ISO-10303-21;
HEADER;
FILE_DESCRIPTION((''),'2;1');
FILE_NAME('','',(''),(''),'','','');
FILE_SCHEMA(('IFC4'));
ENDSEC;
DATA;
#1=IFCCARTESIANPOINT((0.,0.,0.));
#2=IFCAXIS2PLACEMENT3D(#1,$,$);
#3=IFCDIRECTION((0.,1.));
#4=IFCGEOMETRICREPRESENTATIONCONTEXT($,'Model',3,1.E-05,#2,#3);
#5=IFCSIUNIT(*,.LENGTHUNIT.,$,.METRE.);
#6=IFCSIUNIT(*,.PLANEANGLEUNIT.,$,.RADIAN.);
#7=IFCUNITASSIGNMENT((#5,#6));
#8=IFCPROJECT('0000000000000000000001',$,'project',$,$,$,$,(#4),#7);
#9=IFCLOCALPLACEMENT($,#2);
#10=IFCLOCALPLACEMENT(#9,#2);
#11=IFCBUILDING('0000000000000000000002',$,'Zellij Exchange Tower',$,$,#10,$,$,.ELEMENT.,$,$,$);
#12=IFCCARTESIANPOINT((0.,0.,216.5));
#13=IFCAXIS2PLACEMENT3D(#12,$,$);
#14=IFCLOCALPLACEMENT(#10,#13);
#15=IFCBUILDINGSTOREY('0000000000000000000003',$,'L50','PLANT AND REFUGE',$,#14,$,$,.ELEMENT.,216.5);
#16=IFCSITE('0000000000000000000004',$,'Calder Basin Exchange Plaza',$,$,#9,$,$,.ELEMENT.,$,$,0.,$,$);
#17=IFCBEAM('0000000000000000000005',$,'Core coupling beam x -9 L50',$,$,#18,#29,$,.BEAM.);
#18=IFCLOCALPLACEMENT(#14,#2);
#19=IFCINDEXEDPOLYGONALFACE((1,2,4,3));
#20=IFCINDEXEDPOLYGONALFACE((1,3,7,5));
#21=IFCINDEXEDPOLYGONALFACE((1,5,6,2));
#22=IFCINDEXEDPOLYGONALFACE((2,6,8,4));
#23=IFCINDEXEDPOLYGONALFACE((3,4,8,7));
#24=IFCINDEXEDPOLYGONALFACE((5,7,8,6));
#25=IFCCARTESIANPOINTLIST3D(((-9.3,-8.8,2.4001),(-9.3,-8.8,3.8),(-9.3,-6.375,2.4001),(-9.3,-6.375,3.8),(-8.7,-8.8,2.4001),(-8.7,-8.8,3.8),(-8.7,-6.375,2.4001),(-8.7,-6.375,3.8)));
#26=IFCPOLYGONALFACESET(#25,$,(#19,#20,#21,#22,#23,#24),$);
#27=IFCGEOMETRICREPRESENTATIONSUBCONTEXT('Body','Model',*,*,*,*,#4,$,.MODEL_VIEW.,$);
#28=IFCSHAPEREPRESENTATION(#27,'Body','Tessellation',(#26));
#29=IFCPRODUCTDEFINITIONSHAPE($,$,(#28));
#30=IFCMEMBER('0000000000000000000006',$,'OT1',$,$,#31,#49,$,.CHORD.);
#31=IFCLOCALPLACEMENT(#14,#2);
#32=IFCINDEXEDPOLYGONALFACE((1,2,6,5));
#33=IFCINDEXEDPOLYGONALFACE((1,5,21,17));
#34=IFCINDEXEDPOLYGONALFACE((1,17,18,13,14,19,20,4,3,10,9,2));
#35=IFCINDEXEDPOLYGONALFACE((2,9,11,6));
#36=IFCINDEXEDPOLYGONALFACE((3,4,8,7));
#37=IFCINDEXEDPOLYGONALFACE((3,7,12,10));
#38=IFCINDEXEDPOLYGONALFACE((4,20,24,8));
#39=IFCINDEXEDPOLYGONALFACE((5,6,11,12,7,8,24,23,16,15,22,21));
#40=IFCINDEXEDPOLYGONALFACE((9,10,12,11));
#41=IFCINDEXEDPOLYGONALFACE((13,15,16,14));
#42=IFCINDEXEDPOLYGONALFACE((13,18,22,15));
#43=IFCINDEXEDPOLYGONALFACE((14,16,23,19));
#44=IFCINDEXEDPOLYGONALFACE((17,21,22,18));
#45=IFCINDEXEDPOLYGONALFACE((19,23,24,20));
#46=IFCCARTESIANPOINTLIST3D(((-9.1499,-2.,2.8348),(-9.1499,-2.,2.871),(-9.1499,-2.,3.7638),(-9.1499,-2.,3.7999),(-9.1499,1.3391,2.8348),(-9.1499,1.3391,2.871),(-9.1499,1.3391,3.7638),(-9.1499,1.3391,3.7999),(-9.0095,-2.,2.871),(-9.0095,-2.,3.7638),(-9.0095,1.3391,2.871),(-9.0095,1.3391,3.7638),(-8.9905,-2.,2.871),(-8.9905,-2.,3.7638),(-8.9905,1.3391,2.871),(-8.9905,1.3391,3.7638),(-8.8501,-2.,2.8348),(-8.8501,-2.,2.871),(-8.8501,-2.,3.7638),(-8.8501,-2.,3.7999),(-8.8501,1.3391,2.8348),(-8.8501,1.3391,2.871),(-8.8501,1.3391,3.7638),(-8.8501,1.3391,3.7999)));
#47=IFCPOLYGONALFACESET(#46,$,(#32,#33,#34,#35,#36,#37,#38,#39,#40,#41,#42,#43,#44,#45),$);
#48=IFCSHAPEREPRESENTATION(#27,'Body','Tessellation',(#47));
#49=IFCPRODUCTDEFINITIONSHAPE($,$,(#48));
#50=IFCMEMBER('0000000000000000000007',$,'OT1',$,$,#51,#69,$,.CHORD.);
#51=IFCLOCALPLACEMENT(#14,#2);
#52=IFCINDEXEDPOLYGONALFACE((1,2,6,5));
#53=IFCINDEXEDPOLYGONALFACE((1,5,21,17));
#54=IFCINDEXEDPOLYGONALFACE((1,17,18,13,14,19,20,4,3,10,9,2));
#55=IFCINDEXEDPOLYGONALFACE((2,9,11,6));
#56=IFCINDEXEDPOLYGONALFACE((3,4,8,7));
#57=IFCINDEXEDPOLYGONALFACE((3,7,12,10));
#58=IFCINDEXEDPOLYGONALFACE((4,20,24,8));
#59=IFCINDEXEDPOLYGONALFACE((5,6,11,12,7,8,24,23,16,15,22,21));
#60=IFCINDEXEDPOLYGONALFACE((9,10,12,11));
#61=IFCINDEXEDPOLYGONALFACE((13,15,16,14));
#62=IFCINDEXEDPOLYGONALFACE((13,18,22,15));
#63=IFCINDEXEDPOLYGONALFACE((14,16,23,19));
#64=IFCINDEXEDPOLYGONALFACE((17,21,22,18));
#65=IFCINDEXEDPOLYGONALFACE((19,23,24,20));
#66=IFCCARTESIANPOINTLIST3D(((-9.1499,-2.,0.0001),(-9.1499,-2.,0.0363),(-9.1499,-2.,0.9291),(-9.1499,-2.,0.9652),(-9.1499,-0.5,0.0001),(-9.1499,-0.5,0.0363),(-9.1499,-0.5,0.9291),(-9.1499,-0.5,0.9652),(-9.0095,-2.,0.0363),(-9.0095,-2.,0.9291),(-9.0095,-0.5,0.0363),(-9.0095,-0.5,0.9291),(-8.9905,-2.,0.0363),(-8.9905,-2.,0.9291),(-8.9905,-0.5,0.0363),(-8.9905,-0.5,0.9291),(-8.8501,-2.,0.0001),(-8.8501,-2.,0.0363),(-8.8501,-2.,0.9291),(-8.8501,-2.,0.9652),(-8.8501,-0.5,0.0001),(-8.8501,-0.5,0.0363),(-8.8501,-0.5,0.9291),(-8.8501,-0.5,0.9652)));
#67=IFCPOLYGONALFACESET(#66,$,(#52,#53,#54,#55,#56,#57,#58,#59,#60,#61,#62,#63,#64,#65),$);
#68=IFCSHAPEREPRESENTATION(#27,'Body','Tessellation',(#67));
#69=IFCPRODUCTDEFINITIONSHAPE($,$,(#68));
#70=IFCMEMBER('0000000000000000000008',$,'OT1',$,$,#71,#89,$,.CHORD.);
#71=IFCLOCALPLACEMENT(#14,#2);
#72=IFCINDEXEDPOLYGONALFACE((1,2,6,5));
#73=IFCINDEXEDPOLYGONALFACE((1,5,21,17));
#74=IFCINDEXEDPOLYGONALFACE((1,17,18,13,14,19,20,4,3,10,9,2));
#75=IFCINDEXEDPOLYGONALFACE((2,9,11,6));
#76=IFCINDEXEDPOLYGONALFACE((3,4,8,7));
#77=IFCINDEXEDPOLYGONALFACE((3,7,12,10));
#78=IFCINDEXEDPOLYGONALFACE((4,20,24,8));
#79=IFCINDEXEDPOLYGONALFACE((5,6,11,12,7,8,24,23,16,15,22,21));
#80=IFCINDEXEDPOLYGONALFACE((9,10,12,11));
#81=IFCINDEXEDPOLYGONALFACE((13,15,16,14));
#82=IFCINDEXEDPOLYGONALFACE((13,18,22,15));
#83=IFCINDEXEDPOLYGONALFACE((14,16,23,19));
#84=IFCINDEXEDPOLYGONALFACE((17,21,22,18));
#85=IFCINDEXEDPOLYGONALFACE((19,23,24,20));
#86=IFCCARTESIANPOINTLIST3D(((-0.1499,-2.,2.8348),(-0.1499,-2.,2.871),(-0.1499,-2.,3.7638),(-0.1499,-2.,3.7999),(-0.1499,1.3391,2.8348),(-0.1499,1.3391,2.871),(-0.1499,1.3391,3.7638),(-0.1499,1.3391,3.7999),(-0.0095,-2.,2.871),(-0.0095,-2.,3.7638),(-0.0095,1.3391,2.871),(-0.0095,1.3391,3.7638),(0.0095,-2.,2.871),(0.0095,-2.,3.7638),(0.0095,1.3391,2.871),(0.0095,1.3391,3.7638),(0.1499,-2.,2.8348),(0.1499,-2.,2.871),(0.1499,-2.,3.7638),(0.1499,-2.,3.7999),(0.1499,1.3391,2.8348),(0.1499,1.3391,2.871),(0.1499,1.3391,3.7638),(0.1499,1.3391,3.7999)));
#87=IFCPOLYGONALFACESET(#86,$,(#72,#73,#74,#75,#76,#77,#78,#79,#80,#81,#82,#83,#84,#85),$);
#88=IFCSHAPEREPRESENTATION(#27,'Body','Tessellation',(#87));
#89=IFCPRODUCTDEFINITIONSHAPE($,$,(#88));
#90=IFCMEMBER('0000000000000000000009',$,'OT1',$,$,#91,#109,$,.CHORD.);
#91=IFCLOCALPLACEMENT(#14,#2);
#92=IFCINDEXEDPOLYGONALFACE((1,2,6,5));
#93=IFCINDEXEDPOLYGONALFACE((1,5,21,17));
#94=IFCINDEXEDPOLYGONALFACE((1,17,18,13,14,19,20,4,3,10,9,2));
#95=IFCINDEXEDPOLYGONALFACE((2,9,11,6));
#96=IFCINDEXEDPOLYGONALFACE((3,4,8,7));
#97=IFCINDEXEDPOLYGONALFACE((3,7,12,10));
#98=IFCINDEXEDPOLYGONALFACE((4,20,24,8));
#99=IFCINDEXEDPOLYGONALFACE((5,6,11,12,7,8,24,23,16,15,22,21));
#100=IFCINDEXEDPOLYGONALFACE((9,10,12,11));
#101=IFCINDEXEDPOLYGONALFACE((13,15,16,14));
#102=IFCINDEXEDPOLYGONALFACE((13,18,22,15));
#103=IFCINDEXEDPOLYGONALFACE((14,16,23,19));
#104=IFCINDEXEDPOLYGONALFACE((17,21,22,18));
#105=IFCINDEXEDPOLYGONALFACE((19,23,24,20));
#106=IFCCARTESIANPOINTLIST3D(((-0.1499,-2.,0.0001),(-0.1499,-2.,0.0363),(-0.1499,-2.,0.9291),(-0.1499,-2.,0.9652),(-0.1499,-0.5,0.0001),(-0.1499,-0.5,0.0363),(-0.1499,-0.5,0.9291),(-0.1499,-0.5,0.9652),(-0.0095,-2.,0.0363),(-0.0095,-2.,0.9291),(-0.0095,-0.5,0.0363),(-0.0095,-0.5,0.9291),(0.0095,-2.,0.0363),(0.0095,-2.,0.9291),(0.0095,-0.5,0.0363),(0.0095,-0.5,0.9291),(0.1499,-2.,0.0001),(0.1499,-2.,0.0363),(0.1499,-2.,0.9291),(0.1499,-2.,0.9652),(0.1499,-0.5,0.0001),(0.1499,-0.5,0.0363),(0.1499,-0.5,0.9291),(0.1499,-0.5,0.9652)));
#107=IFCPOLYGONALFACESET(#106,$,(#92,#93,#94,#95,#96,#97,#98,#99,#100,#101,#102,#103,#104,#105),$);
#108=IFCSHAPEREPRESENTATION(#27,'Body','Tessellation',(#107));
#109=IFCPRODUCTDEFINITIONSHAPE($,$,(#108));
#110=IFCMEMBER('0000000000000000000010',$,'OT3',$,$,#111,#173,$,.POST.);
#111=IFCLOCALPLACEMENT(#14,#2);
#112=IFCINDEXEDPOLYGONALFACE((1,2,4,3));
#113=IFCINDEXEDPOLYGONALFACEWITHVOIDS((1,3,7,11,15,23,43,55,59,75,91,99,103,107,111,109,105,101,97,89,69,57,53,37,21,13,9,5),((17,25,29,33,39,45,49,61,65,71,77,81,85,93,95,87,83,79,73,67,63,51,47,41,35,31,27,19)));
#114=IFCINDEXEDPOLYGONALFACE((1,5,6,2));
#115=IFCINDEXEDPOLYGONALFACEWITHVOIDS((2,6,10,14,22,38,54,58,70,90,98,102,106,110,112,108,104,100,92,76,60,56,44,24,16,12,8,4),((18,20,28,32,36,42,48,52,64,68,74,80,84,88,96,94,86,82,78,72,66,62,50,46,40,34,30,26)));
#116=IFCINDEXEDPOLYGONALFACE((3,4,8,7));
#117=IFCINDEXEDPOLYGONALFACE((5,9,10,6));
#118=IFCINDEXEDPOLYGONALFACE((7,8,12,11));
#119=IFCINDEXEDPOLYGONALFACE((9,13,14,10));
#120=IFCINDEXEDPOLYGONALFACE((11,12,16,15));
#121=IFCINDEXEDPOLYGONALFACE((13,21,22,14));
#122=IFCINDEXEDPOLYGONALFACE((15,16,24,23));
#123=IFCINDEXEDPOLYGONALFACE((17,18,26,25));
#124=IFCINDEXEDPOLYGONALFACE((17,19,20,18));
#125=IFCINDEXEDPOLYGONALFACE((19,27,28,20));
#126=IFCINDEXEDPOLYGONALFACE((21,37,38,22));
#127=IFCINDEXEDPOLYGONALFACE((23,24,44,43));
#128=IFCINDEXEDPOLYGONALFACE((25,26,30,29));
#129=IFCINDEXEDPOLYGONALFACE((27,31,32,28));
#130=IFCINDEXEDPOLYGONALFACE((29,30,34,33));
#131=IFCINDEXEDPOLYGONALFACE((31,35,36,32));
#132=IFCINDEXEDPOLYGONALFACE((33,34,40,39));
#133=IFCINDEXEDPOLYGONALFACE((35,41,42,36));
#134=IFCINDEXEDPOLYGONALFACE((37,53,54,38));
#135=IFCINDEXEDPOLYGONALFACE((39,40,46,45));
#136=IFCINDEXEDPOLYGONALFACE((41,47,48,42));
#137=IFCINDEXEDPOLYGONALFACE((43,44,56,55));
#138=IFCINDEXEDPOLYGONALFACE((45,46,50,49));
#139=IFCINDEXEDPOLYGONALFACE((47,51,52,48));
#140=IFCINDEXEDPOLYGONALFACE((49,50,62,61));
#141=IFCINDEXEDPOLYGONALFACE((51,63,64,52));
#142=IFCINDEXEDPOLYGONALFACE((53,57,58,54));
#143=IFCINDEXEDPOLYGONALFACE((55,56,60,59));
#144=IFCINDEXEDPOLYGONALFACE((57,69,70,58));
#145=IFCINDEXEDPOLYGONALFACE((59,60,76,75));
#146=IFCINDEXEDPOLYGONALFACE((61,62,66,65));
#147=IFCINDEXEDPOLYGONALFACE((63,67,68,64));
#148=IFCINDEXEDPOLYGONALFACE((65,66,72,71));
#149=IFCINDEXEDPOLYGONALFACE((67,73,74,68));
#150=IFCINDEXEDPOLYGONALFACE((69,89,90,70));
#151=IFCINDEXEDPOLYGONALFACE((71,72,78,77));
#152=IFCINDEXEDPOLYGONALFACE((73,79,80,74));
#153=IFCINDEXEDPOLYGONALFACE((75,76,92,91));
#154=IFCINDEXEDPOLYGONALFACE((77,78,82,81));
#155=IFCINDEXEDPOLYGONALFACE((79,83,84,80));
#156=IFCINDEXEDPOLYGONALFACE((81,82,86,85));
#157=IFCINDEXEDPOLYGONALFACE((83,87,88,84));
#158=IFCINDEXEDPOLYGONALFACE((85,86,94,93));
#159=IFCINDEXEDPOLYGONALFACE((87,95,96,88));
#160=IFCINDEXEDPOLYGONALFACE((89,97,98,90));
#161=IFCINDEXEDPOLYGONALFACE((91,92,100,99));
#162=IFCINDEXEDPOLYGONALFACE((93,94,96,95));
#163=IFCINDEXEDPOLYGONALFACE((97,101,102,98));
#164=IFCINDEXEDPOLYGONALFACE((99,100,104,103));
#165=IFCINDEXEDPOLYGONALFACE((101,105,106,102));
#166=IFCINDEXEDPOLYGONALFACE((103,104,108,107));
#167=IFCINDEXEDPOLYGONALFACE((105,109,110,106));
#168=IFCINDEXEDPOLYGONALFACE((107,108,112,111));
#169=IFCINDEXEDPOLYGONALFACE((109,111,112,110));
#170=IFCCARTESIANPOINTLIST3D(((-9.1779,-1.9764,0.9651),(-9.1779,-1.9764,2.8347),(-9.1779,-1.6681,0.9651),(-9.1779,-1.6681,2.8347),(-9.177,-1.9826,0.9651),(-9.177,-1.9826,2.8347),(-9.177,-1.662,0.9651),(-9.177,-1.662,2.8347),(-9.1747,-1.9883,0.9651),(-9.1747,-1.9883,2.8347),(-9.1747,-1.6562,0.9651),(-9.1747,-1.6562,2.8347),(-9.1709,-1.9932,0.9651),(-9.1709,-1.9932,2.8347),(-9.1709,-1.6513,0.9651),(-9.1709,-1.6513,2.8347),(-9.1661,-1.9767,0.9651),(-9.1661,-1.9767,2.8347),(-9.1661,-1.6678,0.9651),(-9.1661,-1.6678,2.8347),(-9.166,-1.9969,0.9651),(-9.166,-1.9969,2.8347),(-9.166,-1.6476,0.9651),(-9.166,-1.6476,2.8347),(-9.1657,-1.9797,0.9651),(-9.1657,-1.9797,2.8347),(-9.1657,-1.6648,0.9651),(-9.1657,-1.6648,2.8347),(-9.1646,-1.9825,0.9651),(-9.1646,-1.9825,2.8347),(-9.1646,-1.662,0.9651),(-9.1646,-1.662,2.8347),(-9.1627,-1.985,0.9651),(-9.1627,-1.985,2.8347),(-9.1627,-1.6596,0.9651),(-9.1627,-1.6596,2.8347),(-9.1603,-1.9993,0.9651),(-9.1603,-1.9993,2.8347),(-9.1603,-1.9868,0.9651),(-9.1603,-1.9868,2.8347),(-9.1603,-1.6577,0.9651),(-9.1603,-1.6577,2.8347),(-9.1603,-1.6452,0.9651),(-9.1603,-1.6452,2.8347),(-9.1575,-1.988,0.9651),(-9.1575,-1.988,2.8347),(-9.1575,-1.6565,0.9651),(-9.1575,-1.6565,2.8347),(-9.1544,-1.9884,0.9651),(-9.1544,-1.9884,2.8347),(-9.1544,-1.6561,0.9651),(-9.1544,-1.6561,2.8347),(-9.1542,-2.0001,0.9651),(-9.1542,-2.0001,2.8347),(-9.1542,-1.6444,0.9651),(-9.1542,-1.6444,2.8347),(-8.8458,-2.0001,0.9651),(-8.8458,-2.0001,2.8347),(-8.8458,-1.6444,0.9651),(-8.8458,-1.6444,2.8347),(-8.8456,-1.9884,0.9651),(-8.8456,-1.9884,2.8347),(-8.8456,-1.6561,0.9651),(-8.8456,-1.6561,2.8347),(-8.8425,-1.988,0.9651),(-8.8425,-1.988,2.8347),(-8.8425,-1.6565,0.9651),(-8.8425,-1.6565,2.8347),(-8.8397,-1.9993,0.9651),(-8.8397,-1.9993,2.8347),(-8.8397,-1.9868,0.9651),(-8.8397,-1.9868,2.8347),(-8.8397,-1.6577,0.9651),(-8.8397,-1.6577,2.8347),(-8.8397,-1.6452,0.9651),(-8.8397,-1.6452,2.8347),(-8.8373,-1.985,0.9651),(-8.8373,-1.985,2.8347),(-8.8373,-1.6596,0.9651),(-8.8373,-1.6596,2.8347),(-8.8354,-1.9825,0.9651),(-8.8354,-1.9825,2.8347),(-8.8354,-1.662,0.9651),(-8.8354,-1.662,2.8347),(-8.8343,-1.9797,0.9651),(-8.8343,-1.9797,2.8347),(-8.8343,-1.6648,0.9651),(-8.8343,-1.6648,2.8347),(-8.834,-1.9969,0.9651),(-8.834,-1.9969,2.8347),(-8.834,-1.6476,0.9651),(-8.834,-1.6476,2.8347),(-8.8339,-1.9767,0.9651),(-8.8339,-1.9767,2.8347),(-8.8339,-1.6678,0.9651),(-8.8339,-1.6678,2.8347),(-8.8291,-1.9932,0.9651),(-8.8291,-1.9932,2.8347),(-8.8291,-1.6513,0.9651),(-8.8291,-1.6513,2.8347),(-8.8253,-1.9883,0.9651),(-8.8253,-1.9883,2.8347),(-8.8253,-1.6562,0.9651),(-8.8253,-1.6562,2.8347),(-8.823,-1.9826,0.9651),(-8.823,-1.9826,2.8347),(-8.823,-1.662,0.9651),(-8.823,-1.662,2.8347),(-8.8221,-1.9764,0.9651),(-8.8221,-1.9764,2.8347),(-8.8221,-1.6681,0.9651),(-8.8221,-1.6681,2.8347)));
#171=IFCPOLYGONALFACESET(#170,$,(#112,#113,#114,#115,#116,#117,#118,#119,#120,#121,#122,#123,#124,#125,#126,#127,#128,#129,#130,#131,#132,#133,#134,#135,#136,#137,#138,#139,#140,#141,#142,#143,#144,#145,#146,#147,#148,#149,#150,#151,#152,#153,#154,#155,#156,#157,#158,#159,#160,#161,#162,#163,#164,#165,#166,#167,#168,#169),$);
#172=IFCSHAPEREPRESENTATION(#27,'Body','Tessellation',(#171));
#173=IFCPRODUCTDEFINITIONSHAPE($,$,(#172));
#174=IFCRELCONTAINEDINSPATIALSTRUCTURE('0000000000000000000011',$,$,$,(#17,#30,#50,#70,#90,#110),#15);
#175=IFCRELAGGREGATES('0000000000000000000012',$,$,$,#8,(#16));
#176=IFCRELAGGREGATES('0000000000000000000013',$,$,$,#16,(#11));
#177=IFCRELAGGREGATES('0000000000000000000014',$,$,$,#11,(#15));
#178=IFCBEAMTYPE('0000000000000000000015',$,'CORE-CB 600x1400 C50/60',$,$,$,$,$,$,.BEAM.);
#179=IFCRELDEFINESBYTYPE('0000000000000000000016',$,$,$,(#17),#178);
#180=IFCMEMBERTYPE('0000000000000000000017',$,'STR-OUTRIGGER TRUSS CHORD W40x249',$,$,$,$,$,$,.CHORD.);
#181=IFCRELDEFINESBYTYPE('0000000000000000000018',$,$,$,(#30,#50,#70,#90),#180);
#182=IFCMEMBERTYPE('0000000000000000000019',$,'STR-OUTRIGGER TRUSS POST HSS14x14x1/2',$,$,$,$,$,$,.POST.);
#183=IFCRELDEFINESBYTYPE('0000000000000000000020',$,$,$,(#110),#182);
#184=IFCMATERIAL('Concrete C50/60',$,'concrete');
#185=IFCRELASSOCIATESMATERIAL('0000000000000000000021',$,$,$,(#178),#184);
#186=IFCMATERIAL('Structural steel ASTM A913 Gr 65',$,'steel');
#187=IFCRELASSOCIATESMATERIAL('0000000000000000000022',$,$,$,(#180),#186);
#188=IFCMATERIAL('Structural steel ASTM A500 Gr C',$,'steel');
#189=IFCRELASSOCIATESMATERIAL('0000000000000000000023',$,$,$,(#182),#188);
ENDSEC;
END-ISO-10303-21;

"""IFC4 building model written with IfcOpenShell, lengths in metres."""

from ifc_helpers import new_model, si_unit, direction, frame, origin, origin_2d, place, context, subcontext, project, spatial, rectangle, hollow_rectangle, i_section, extrude, material, material_profile, profile_set, type_object, element, save


model = new_model("IFC4")

# Units and contexts
model_context = context("Model", 3, precision=1e-05, world=origin(), true_north=direction((0.0, 1.0)))
body_context = subcontext(model_context, "Body", "Model", "MODEL_VIEW")
ifc_project = project(units=[si_unit("LENGTHUNIT", "METRE"), si_unit("PLANEANGLEUNIT", "RADIAN")], contexts=[model_context])

# Site, building, storey
site_placement = place(None, origin())
site = spatial("IfcSite", under=ifc_project, at=site_placement, Name="Calder Basin Exchange Plaza", CompositionType="ELEMENT", RefElevation=0.0)
building_placement = place(site_placement, origin())
building = spatial("IfcBuilding", under=site, at=building_placement, Name="Zellij Exchange Tower", CompositionType="ELEMENT")
storey_placement = place(building_placement, frame((0.0, 0.0, 216.5)))
storey = spatial("IfcBuildingStorey", under=building, at=storey_placement, Name="L50", Description="PLANT AND REFUGE", CompositionType="ELEMENT", Elevation=216.5)

# Beam
ifc_material_1 = material(Name="Concrete C50/60", Category="concrete")
ifc_material_profile_1 = material_profile(ifc_material_1, rectangle(XDim=0.6001, YDim=1.3999, at=origin_2d()), Name="CORE-CB 600x1400 C50/60")
ifc_profile_set_1 = profile_set([ifc_material_profile_1], Name="Concrete C50/60")
beam_type = type_object("IfcBeamType", Name="CORE-CB 600x1400 C50/60", PredefinedType="BEAM", material=ifc_profile_set_1)
beam_placement = place(storey_placement, frame((-9.0, -8.8, 3.1001), z_axis=(0.0, 1.0, 0.0), x_axis=(-1.0, 0.0, 0.0)))
element("IfcBeam", 1, at=beam_placement, inside=storey, type_object=beam_type, Name="Core coupling beam x -9 L50", PredefinedType="BEAM", context=body_context, shape_type="SweptSolid", body=[
    extrude(rectangle(XDim=0.6001, YDim=1.3999, at=origin_2d()), origin(), (0.0, 0.0, 1.0), 2.425),
])

# Members
ifc_material_2 = material(Name="Structural steel ASTM A913 Gr 65", Category="steel")
ifc_material_profile_2 = material_profile(ifc_material_2, i_section(OverallWidth=0.2998, OverallDepth=0.9651, WebThickness=0.019, FlangeThickness=0.0361, at=origin_2d()), Name="W40x249")
ifc_profile_set_2 = profile_set([ifc_material_profile_2], Name="Structural steel ASTM A913 Gr 65")
member_type_1 = type_object("IfcMemberType", Name="STR-OUTRIGGER TRUSS CHORD W40x249", PredefinedType="CHORD", material=ifc_profile_set_2)
member_1_placement = place(storey_placement, frame((-9.0, -2.0, 3.3174), z_axis=(0.0, 1.0, 0.0), x_axis=(-1.0, 0.0, 0.0)))
element("IfcMember", 2, at=member_1_placement, inside=storey, type_object=member_type_1, Name="OT1", PredefinedType="CHORD", context=body_context, shape_type="SweptSolid", body=[
    extrude(i_section(OverallWidth=0.2998, OverallDepth=0.9651, WebThickness=0.019, FlangeThickness=0.0361, at=origin_2d()), origin(), (0.0, 0.0, 1.0), 3.3391),
])
member_2_placement = place(storey_placement, frame((-9.0, -2.0, 0.4827), z_axis=(0.0, 1.0, 0.0), x_axis=(-1.0, 0.0, 0.0)))
element("IfcMember", 3, at=member_2_placement, inside=storey, type_object=member_type_1, Name="OT1", PredefinedType="CHORD", context=body_context, shape_type="SweptSolid", body=[
    extrude(i_section(OverallWidth=0.2998, OverallDepth=0.9651, WebThickness=0.019, FlangeThickness=0.0361, at=origin_2d()), origin(), (0.0, 0.0, 1.0), 1.5),
])
member_3_placement = place(storey_placement, frame((0.0, -2.0, 3.3174), z_axis=(0.0, 1.0, 0.0), x_axis=(-1.0, 0.0, 0.0)))
element("IfcMember", 4, at=member_3_placement, inside=storey, type_object=member_type_1, Name="OT1", PredefinedType="CHORD", context=body_context, shape_type="SweptSolid", body=[
    extrude(i_section(OverallWidth=0.2998, OverallDepth=0.9651, WebThickness=0.019, FlangeThickness=0.0361, at=origin_2d()), origin(), (0.0, 0.0, 1.0), 3.3391),
])
member_4_placement = place(storey_placement, frame((0.0, -2.0, 0.4827), z_axis=(0.0, 1.0, 0.0), x_axis=(-1.0, 0.0, 0.0)))
element("IfcMember", 5, at=member_4_placement, inside=storey, type_object=member_type_1, Name="OT1", PredefinedType="CHORD", context=body_context, shape_type="SweptSolid", body=[
    extrude(i_section(OverallWidth=0.2998, OverallDepth=0.9651, WebThickness=0.019, FlangeThickness=0.0361, at=origin_2d()), origin(), (0.0, 0.0, 1.0), 1.5),
])
ifc_material_3 = material(Name="Structural steel ASTM A500 Gr C", Category="steel")
ifc_material_profile_3 = material_profile(ifc_material_3, hollow_rectangle(XDim=0.3557, YDim=0.3557, WallThickness=0.0117, InnerFilletRadius=0.0117, OuterFilletRadius=0.0237, at=origin_2d()), Name="STR-OUTRIGGER TRUSS POST HSS14x14x1/2")
ifc_profile_set_3 = profile_set([ifc_material_profile_3], Name="Structural steel ASTM A500 Gr C")
member_type_2 = type_object("IfcMemberType", Name="STR-OUTRIGGER TRUSS POST HSS14x14x1/2", PredefinedType="POST", material=ifc_profile_set_3)
for number, where, z_axis, x_axis, name in (
    (6, (-9.0, -1.8223, 0.9651), (0.0, 0.0, 1.0), (1.0, 0.0, 0.0), "OT3"),
):
    element("IfcMember", number, at=place(storey_placement, frame(where, z_axis=z_axis, x_axis=x_axis)), inside=storey, type_object=member_type_2, Name=name, PredefinedType="POST", context=body_context, shape_type="SweptSolid", body=[
        extrude(hollow_rectangle(XDim=0.3557, YDim=0.3557, WallThickness=0.0117, InnerFilletRadius=0.0117, OuterFilletRadius=0.0237, at=origin_2d()), origin(), (0.0, 0.0, 1.0), 1.8696),
    ])

save(model, "model.ifc")
